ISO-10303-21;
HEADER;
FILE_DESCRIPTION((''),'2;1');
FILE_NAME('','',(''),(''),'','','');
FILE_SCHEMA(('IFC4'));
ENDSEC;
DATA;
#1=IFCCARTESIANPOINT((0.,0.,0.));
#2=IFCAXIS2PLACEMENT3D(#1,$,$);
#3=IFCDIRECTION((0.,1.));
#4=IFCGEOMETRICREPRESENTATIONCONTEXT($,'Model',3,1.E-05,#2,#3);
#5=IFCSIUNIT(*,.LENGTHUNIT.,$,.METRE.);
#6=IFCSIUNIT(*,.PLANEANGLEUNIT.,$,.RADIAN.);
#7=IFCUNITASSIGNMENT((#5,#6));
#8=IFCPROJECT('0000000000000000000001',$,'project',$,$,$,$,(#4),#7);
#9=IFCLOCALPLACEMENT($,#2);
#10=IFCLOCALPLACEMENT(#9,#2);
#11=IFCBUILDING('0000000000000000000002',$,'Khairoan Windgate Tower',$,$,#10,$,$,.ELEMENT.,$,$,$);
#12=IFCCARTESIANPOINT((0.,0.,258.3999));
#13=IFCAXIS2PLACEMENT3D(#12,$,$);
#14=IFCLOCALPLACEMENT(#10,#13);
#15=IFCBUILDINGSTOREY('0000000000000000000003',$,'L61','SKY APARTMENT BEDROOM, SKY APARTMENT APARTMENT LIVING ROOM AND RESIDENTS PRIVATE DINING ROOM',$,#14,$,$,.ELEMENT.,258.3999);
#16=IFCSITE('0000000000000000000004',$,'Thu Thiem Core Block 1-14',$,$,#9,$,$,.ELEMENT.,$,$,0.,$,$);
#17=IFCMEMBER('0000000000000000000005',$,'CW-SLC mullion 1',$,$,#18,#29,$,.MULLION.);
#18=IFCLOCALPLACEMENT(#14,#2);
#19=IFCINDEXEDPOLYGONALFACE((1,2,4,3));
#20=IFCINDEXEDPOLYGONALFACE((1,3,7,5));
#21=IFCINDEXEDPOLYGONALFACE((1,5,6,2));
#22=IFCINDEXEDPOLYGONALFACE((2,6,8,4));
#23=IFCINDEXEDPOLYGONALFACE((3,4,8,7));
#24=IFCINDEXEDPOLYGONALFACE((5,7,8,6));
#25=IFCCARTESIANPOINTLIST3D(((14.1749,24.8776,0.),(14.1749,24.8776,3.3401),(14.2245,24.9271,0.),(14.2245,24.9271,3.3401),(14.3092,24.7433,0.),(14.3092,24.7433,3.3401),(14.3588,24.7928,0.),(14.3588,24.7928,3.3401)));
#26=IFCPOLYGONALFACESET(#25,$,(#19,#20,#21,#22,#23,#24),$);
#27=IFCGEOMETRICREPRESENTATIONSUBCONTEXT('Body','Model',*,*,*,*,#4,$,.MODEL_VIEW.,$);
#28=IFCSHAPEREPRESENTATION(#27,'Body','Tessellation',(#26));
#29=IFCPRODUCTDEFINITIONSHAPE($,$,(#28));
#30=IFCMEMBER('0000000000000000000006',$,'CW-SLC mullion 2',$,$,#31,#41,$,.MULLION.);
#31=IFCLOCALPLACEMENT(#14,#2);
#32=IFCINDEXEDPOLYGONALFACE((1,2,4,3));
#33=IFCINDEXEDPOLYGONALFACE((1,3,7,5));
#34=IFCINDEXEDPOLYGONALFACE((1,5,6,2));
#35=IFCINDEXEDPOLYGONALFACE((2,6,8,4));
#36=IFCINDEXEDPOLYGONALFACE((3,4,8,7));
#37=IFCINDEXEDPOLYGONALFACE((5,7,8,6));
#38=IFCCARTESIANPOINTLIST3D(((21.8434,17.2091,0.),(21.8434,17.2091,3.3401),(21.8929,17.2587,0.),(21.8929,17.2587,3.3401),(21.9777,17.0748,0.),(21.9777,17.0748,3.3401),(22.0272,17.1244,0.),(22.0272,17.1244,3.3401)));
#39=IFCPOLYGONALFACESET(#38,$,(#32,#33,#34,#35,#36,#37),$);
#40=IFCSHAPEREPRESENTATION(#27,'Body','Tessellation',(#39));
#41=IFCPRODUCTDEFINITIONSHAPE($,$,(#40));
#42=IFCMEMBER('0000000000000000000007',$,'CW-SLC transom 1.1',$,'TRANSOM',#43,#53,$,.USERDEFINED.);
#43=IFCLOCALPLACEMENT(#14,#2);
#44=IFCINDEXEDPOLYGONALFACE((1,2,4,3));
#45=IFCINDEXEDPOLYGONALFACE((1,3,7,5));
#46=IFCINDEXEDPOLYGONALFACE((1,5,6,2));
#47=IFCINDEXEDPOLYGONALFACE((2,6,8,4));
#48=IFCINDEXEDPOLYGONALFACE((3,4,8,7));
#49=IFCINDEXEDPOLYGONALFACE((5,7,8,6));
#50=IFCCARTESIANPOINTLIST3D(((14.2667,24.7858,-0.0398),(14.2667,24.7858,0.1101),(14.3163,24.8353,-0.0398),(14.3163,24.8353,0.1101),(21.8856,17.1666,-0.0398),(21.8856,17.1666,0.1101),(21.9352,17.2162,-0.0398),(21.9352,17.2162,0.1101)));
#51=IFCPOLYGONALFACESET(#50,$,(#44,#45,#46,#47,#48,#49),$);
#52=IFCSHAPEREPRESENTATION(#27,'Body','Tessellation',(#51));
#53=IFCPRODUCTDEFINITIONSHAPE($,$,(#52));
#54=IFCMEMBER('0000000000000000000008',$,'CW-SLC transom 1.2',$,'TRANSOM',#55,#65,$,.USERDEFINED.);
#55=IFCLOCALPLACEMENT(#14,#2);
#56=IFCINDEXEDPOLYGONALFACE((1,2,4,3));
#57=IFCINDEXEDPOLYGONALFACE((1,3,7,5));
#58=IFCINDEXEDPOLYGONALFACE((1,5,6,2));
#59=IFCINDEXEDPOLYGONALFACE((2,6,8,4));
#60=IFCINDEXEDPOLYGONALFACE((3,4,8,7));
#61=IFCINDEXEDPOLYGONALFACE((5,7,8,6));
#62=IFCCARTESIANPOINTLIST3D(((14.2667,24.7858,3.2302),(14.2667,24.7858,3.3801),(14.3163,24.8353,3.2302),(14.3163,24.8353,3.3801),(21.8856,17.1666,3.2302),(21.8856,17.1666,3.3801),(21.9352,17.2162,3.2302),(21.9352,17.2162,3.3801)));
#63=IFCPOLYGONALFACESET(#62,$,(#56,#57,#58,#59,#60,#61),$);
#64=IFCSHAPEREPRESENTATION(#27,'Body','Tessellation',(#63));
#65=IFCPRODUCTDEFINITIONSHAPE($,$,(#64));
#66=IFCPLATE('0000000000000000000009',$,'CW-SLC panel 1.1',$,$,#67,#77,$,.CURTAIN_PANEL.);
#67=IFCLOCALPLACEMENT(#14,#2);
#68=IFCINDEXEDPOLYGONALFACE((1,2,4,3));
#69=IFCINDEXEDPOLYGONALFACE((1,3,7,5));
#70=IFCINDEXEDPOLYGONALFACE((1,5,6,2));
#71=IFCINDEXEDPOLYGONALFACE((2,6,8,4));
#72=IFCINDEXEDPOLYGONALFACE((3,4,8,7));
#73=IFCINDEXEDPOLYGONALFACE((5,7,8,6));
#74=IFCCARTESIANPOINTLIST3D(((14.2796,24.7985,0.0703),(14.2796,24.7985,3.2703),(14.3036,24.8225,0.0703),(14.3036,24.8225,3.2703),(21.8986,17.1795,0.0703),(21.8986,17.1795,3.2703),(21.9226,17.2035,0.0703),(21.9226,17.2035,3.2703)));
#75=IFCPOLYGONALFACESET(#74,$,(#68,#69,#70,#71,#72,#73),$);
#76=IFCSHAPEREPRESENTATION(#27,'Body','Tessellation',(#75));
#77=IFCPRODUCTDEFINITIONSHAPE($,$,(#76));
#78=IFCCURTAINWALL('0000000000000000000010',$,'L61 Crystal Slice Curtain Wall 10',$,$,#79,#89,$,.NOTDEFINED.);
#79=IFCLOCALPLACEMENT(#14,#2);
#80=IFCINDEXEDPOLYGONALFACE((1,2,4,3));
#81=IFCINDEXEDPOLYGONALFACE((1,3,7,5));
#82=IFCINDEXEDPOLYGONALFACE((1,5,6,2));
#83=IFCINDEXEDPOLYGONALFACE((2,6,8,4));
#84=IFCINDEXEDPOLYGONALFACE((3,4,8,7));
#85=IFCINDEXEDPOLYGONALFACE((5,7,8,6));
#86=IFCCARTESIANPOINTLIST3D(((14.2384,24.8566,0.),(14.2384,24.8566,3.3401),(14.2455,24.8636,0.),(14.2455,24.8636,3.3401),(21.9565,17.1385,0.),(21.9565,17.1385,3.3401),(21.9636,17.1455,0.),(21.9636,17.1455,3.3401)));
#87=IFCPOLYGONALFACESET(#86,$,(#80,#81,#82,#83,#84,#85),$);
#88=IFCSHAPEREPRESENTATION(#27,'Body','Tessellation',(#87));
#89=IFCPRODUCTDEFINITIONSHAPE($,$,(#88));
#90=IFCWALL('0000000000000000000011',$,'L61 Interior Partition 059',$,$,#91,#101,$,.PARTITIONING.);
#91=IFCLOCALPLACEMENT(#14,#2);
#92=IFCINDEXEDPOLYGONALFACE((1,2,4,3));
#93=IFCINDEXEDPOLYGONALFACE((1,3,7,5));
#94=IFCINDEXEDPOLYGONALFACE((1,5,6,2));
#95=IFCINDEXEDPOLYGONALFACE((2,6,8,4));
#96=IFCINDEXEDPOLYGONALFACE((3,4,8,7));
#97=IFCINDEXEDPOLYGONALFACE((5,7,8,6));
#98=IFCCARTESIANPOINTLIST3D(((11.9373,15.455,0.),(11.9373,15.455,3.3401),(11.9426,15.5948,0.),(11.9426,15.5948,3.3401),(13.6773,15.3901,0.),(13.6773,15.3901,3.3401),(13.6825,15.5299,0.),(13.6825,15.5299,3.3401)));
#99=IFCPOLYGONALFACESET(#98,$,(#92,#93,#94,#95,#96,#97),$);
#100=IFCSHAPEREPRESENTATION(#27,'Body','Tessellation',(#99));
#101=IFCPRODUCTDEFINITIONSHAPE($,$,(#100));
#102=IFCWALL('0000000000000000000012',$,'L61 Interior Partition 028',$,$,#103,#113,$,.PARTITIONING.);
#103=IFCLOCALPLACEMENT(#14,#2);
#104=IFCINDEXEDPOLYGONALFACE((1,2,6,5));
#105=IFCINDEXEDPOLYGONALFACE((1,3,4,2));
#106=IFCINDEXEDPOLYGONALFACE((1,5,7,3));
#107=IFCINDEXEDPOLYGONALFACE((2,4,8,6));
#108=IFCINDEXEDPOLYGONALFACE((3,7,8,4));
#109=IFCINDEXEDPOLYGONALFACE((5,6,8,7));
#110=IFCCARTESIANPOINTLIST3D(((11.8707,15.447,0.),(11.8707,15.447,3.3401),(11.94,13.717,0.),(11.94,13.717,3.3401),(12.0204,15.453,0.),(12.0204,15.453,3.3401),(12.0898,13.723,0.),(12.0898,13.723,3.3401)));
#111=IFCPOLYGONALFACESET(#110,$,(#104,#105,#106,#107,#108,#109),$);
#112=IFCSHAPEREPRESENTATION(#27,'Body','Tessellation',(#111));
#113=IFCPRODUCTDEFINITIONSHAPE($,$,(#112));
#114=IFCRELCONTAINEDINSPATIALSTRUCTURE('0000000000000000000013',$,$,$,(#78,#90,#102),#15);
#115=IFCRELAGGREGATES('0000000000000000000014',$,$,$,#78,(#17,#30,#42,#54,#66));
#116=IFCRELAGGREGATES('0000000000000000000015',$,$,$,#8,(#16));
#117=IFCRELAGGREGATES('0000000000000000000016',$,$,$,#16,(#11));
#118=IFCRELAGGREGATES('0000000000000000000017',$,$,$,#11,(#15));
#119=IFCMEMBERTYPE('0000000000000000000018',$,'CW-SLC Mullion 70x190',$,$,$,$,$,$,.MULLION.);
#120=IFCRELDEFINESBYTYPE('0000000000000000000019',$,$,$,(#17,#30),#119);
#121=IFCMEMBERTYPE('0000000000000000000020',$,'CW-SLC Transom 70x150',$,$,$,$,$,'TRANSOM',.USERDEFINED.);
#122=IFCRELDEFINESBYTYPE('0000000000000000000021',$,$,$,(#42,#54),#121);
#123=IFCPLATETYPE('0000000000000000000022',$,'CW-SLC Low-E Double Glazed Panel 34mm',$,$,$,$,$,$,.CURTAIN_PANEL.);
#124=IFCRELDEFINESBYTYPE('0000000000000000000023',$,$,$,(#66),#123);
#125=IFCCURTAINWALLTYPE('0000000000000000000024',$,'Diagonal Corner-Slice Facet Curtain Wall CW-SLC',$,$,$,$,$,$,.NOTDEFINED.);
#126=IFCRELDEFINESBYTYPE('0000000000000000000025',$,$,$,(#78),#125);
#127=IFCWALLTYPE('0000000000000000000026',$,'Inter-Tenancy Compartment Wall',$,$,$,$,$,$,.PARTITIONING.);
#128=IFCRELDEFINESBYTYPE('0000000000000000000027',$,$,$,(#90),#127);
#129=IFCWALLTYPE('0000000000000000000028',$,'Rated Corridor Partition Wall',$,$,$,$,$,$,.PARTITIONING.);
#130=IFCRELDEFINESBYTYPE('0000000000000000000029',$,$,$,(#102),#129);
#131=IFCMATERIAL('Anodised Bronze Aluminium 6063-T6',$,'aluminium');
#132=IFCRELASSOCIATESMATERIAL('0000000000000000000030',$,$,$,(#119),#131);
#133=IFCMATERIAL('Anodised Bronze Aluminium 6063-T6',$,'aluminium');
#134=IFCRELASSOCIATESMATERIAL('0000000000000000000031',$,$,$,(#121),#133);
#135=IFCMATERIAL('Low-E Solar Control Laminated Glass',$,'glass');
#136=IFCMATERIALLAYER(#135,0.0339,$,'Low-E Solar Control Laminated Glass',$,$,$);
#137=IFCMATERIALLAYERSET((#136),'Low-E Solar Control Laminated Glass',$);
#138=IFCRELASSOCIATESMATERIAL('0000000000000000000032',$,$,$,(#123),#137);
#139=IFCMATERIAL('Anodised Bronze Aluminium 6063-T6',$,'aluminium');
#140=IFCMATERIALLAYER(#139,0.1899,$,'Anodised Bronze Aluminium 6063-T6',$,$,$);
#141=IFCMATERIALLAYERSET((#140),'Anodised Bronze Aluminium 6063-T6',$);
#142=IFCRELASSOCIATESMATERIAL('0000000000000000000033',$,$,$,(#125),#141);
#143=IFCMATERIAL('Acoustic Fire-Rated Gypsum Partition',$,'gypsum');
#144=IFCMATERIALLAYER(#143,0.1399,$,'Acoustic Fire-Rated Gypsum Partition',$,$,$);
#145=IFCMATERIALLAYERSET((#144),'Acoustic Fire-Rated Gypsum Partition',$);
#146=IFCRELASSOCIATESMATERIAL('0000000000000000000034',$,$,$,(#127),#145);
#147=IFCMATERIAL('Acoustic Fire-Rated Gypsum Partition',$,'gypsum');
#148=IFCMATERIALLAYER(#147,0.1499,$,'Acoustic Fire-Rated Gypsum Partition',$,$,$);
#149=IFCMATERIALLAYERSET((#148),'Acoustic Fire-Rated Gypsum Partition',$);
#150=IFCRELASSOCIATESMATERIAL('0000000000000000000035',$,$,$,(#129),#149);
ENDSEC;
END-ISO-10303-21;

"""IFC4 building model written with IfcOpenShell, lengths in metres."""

from ifc_helpers import new_model, si_unit, direction, frame, frame_2d, origin, origin_2d, place, context, subcontext, project, spatial, rectangle, extrude, material, layer, layer_set, material_profile, profile_set, type_object, element, aggregate, save


model = new_model("IFC4")

# Units and contexts
model_context = context("Model", 3, precision=1e-05, world=origin(), true_north=direction((0.0, 1.0)))
body_context = subcontext(model_context, "Body", "Model", "MODEL_VIEW")
ifc_project = project(units=[si_unit("LENGTHUNIT", "METRE"), si_unit("PLANEANGLEUNIT", "RADIAN")], contexts=[model_context])

# Site, building, storey
site_placement = place(None, origin())
site = spatial("IfcSite", under=ifc_project, at=site_placement, Name="Thu Thiem Core Block 1-14", CompositionType="ELEMENT", RefElevation=0.0)
building_placement = place(site_placement, origin())
building = spatial("IfcBuilding", under=site, at=building_placement, Name="Khairoan Windgate Tower", CompositionType="ELEMENT")
storey_placement = place(building_placement, frame((0.0, 0.0, 258.3999)))
storey = spatial("IfcBuildingStorey", under=building, at=storey_placement, Name="L61", Description="SKY APARTMENT BEDROOM, SKY APARTMENT APARTMENT LIVING ROOM AND RESIDENTS PRIVATE DINING ROOM", CompositionType="ELEMENT", Elevation=258.3999)

# Members
ifc_material_1 = material(Name="Anodised Bronze Aluminium 6063-T6", Category="aluminium")
ifc_material_profile_1 = material_profile(ifc_material_1, rectangle(XDim=0.0701, YDim=0.1899, at=origin_2d()))
ifc_profile_set_1 = profile_set([ifc_material_profile_1], Name="Anodised Bronze Aluminium 6063-T6")
member_type_1 = type_object("IfcMemberType", Name="CW-SLC Mullion 70x190", PredefinedType="MULLION", material=ifc_profile_set_1)
member_1_placement = place(storey_placement, frame((14.2668, 24.8352, 0.0), z_axis=(0.0, 0.0, 1.0), x_axis=(0.707107, 0.707107, 0.0)))
member_1 = element("IfcMember", 1, at=member_1_placement, type_object=member_type_1, Name="CW-SLC mullion 1", PredefinedType="MULLION", context=body_context, shape_type="SweptSolid", body=[
    extrude(rectangle(XDim=0.0701, YDim=0.1899, at=origin_2d()), origin(), (0.0, 0.0, 1.0), 3.3401),
])
member_2_placement = place(storey_placement, frame((21.9353, 17.1667, 0.0), z_axis=(0.0, 0.0, 1.0), x_axis=(0.707107, 0.707107, 0.0)))
member_2 = element("IfcMember", 2, at=member_2_placement, type_object=member_type_1, Name="CW-SLC mullion 2", PredefinedType="MULLION", context=body_context, shape_type="SweptSolid", body=[
    extrude(rectangle(XDim=0.0701, YDim=0.1899, at=origin_2d()), origin(), (0.0, 0.0, 1.0), 3.3401),
])
ifc_material_2 = material(Name="Anodised Bronze Aluminium 6063-T6", Category="aluminium")
ifc_material_profile_2 = material_profile(ifc_material_2, rectangle(XDim=0.0701, YDim=0.1499, at=origin_2d()))
ifc_profile_set_2 = profile_set([ifc_material_profile_2], Name="Anodised Bronze Aluminium 6063-T6")
member_type_2 = type_object("IfcMemberType", Name="CW-SLC Transom 70x150", ElementType="TRANSOM", PredefinedType="USERDEFINED", material=ifc_profile_set_2)
member_3_placement = place(storey_placement, frame((14.2915, 24.8105, 0.0352), z_axis=(0.707095, -0.707118, 0.0), x_axis=(0.707118, 0.707095, 0.0)))
member_3 = element("IfcMember", 3, at=member_3_placement, type_object=member_type_2, Name="CW-SLC transom 1.1", ObjectType="TRANSOM", PredefinedType="USERDEFINED", context=body_context, shape_type="SweptSolid", body=[
    extrude(rectangle(XDim=0.0701, YDim=0.1499, at=origin_2d()), origin(), (0.0, 0.0, 1.0), 10.7749),
])
member_4_placement = place(storey_placement, frame((14.2915, 24.8105, 3.3052), z_axis=(0.707095, -0.707118, 0.0), x_axis=(0.707118, 0.707095, 0.0)))
member_4 = element("IfcMember", 4, at=member_4_placement, type_object=member_type_2, Name="CW-SLC transom 1.2", ObjectType="TRANSOM", PredefinedType="USERDEFINED", context=body_context, shape_type="SweptSolid", body=[
    extrude(rectangle(XDim=0.0701, YDim=0.1499, at=origin_2d()), origin(), (0.0, 0.0, 1.0), 10.7749),
])

# Plate
ifc_material_3 = material(Name="Low-E Solar Control Laminated Glass", Category="glass")
ifc_layer_1 = layer(ifc_material_3, 0.0339, Name="Low-E Solar Control Laminated Glass")
ifc_layer_set_1 = layer_set([ifc_layer_1], Name="Low-E Solar Control Laminated Glass")
plate_type_1 = type_object("IfcPlateType", Name="CW-SLC Low-E Double Glazed Panel 34mm", PredefinedType="CURTAIN_PANEL", material=ifc_layer_set_1)
plate_1_placement = place(storey_placement, frame((18.1011, 21.001, 0.0703), z_axis=(0.0, 0.0, 1.0), x_axis=(0.707107, -0.707107, 0.0)))
plate_1 = element("IfcPlate", 5, at=plate_1_placement, type_object=plate_type_1, Name="CW-SLC panel 1.1", PredefinedType="CURTAIN_PANEL", context=body_context, shape_type="SweptSolid", body=[
    extrude(rectangle(XDim=10.7749, YDim=0.0339, at=origin_2d()), origin(), (0.0, 0.0, 1.0), 3.2),
])

# Curtain wall
ifc_material_4 = material(Name="Anodised Bronze Aluminium 6063-T6", Category="aluminium")
ifc_layer_2 = layer(ifc_material_4, 0.1899, Name="Anodised Bronze Aluminium 6063-T6")
ifc_layer_set_2 = layer_set([ifc_layer_2], Name="Anodised Bronze Aluminium 6063-T6")
curtain_wall_type_1 = type_object("IfcCurtainWallType", Name="Diagonal Corner-Slice Facet Curtain Wall CW-SLC", PredefinedType="NOTDEFINED", material=ifc_layer_set_2)
curtain_wall_1_placement = place(storey_placement, frame((14.2419, 24.8601, 0.0), z_axis=(0.0, 0.0, 1.0), x_axis=(0.707107, -0.707107, 0.0)))
curtain_wall_1 = element("IfcCurtainWall", 6, at=curtain_wall_1_placement, inside=storey, type_object=curtain_wall_type_1, Name="L61 Crystal Slice Curtain Wall 10", PredefinedType="NOTDEFINED", context=body_context, shape_type="SweptSolid", body=[
    extrude(rectangle(XDim=10.915, YDim=0.01, at=frame_2d((5.4575, 0.0))), origin(), (0.0, 0.0, 1.0), 3.3401),
])
aggregate(curtain_wall_1, [member_1, member_2, member_3, member_4, plate_1])

# Walls
ifc_material_5 = material(Name="Acoustic Fire-Rated Gypsum Partition", Category="gypsum")
ifc_layer_3 = layer(ifc_material_5, 0.1399, Name="Acoustic Fire-Rated Gypsum Partition")
ifc_layer_set_3 = layer_set([ifc_layer_3], Name="Acoustic Fire-Rated Gypsum Partition")
wall_type_1 = type_object("IfcWallType", Name="Inter-Tenancy Compartment Wall", PredefinedType="PARTITIONING", material=ifc_layer_set_3)
wall_1_placement = place(storey_placement, frame((11.9399, 15.5249, 0.0), z_axis=(0.0, 0.0, 1.0), x_axis=(0.999304, -0.037297, 0.0)))
element("IfcWall", 7, at=wall_1_placement, inside=storey, type_object=wall_type_1, Name="L61 Interior Partition 059", PredefinedType="PARTITIONING", context=body_context, shape_type="SweptSolid", body=[
    extrude(rectangle(XDim=1.7412, YDim=0.1399, at=frame_2d((0.8706, 0.0))), origin(), (0.0, 0.0, 1.0), 3.3401),
])
ifc_material_6 = material(Name="Acoustic Fire-Rated Gypsum Partition", Category="gypsum")
ifc_layer_4 = layer(ifc_material_6, 0.1499, Name="Acoustic Fire-Rated Gypsum Partition")
ifc_layer_set_4 = layer_set([ifc_layer_4], Name="Acoustic Fire-Rated Gypsum Partition")
wall_type_2 = type_object("IfcWallType", Name="Rated Corridor Partition Wall", PredefinedType="PARTITIONING", material=ifc_layer_set_4)
wall_2_placement = place(storey_placement, frame((12.0149, 13.72, 0.0), z_axis=(0.0, 0.0, 1.0), x_axis=(-0.040047, 0.999198, 0.0)))
element("IfcWall", 8, at=wall_2_placement, inside=storey, type_object=wall_type_2, Name="L61 Interior Partition 028", PredefinedType="PARTITIONING", context=body_context, shape_type="SweptSolid", body=[
    extrude(rectangle(XDim=1.7314, YDim=0.1499, at=frame_2d((0.8657, 0.0))), origin(), (0.0, 0.0, 1.0), 3.3401),
])

save(model, "model.ifc")
